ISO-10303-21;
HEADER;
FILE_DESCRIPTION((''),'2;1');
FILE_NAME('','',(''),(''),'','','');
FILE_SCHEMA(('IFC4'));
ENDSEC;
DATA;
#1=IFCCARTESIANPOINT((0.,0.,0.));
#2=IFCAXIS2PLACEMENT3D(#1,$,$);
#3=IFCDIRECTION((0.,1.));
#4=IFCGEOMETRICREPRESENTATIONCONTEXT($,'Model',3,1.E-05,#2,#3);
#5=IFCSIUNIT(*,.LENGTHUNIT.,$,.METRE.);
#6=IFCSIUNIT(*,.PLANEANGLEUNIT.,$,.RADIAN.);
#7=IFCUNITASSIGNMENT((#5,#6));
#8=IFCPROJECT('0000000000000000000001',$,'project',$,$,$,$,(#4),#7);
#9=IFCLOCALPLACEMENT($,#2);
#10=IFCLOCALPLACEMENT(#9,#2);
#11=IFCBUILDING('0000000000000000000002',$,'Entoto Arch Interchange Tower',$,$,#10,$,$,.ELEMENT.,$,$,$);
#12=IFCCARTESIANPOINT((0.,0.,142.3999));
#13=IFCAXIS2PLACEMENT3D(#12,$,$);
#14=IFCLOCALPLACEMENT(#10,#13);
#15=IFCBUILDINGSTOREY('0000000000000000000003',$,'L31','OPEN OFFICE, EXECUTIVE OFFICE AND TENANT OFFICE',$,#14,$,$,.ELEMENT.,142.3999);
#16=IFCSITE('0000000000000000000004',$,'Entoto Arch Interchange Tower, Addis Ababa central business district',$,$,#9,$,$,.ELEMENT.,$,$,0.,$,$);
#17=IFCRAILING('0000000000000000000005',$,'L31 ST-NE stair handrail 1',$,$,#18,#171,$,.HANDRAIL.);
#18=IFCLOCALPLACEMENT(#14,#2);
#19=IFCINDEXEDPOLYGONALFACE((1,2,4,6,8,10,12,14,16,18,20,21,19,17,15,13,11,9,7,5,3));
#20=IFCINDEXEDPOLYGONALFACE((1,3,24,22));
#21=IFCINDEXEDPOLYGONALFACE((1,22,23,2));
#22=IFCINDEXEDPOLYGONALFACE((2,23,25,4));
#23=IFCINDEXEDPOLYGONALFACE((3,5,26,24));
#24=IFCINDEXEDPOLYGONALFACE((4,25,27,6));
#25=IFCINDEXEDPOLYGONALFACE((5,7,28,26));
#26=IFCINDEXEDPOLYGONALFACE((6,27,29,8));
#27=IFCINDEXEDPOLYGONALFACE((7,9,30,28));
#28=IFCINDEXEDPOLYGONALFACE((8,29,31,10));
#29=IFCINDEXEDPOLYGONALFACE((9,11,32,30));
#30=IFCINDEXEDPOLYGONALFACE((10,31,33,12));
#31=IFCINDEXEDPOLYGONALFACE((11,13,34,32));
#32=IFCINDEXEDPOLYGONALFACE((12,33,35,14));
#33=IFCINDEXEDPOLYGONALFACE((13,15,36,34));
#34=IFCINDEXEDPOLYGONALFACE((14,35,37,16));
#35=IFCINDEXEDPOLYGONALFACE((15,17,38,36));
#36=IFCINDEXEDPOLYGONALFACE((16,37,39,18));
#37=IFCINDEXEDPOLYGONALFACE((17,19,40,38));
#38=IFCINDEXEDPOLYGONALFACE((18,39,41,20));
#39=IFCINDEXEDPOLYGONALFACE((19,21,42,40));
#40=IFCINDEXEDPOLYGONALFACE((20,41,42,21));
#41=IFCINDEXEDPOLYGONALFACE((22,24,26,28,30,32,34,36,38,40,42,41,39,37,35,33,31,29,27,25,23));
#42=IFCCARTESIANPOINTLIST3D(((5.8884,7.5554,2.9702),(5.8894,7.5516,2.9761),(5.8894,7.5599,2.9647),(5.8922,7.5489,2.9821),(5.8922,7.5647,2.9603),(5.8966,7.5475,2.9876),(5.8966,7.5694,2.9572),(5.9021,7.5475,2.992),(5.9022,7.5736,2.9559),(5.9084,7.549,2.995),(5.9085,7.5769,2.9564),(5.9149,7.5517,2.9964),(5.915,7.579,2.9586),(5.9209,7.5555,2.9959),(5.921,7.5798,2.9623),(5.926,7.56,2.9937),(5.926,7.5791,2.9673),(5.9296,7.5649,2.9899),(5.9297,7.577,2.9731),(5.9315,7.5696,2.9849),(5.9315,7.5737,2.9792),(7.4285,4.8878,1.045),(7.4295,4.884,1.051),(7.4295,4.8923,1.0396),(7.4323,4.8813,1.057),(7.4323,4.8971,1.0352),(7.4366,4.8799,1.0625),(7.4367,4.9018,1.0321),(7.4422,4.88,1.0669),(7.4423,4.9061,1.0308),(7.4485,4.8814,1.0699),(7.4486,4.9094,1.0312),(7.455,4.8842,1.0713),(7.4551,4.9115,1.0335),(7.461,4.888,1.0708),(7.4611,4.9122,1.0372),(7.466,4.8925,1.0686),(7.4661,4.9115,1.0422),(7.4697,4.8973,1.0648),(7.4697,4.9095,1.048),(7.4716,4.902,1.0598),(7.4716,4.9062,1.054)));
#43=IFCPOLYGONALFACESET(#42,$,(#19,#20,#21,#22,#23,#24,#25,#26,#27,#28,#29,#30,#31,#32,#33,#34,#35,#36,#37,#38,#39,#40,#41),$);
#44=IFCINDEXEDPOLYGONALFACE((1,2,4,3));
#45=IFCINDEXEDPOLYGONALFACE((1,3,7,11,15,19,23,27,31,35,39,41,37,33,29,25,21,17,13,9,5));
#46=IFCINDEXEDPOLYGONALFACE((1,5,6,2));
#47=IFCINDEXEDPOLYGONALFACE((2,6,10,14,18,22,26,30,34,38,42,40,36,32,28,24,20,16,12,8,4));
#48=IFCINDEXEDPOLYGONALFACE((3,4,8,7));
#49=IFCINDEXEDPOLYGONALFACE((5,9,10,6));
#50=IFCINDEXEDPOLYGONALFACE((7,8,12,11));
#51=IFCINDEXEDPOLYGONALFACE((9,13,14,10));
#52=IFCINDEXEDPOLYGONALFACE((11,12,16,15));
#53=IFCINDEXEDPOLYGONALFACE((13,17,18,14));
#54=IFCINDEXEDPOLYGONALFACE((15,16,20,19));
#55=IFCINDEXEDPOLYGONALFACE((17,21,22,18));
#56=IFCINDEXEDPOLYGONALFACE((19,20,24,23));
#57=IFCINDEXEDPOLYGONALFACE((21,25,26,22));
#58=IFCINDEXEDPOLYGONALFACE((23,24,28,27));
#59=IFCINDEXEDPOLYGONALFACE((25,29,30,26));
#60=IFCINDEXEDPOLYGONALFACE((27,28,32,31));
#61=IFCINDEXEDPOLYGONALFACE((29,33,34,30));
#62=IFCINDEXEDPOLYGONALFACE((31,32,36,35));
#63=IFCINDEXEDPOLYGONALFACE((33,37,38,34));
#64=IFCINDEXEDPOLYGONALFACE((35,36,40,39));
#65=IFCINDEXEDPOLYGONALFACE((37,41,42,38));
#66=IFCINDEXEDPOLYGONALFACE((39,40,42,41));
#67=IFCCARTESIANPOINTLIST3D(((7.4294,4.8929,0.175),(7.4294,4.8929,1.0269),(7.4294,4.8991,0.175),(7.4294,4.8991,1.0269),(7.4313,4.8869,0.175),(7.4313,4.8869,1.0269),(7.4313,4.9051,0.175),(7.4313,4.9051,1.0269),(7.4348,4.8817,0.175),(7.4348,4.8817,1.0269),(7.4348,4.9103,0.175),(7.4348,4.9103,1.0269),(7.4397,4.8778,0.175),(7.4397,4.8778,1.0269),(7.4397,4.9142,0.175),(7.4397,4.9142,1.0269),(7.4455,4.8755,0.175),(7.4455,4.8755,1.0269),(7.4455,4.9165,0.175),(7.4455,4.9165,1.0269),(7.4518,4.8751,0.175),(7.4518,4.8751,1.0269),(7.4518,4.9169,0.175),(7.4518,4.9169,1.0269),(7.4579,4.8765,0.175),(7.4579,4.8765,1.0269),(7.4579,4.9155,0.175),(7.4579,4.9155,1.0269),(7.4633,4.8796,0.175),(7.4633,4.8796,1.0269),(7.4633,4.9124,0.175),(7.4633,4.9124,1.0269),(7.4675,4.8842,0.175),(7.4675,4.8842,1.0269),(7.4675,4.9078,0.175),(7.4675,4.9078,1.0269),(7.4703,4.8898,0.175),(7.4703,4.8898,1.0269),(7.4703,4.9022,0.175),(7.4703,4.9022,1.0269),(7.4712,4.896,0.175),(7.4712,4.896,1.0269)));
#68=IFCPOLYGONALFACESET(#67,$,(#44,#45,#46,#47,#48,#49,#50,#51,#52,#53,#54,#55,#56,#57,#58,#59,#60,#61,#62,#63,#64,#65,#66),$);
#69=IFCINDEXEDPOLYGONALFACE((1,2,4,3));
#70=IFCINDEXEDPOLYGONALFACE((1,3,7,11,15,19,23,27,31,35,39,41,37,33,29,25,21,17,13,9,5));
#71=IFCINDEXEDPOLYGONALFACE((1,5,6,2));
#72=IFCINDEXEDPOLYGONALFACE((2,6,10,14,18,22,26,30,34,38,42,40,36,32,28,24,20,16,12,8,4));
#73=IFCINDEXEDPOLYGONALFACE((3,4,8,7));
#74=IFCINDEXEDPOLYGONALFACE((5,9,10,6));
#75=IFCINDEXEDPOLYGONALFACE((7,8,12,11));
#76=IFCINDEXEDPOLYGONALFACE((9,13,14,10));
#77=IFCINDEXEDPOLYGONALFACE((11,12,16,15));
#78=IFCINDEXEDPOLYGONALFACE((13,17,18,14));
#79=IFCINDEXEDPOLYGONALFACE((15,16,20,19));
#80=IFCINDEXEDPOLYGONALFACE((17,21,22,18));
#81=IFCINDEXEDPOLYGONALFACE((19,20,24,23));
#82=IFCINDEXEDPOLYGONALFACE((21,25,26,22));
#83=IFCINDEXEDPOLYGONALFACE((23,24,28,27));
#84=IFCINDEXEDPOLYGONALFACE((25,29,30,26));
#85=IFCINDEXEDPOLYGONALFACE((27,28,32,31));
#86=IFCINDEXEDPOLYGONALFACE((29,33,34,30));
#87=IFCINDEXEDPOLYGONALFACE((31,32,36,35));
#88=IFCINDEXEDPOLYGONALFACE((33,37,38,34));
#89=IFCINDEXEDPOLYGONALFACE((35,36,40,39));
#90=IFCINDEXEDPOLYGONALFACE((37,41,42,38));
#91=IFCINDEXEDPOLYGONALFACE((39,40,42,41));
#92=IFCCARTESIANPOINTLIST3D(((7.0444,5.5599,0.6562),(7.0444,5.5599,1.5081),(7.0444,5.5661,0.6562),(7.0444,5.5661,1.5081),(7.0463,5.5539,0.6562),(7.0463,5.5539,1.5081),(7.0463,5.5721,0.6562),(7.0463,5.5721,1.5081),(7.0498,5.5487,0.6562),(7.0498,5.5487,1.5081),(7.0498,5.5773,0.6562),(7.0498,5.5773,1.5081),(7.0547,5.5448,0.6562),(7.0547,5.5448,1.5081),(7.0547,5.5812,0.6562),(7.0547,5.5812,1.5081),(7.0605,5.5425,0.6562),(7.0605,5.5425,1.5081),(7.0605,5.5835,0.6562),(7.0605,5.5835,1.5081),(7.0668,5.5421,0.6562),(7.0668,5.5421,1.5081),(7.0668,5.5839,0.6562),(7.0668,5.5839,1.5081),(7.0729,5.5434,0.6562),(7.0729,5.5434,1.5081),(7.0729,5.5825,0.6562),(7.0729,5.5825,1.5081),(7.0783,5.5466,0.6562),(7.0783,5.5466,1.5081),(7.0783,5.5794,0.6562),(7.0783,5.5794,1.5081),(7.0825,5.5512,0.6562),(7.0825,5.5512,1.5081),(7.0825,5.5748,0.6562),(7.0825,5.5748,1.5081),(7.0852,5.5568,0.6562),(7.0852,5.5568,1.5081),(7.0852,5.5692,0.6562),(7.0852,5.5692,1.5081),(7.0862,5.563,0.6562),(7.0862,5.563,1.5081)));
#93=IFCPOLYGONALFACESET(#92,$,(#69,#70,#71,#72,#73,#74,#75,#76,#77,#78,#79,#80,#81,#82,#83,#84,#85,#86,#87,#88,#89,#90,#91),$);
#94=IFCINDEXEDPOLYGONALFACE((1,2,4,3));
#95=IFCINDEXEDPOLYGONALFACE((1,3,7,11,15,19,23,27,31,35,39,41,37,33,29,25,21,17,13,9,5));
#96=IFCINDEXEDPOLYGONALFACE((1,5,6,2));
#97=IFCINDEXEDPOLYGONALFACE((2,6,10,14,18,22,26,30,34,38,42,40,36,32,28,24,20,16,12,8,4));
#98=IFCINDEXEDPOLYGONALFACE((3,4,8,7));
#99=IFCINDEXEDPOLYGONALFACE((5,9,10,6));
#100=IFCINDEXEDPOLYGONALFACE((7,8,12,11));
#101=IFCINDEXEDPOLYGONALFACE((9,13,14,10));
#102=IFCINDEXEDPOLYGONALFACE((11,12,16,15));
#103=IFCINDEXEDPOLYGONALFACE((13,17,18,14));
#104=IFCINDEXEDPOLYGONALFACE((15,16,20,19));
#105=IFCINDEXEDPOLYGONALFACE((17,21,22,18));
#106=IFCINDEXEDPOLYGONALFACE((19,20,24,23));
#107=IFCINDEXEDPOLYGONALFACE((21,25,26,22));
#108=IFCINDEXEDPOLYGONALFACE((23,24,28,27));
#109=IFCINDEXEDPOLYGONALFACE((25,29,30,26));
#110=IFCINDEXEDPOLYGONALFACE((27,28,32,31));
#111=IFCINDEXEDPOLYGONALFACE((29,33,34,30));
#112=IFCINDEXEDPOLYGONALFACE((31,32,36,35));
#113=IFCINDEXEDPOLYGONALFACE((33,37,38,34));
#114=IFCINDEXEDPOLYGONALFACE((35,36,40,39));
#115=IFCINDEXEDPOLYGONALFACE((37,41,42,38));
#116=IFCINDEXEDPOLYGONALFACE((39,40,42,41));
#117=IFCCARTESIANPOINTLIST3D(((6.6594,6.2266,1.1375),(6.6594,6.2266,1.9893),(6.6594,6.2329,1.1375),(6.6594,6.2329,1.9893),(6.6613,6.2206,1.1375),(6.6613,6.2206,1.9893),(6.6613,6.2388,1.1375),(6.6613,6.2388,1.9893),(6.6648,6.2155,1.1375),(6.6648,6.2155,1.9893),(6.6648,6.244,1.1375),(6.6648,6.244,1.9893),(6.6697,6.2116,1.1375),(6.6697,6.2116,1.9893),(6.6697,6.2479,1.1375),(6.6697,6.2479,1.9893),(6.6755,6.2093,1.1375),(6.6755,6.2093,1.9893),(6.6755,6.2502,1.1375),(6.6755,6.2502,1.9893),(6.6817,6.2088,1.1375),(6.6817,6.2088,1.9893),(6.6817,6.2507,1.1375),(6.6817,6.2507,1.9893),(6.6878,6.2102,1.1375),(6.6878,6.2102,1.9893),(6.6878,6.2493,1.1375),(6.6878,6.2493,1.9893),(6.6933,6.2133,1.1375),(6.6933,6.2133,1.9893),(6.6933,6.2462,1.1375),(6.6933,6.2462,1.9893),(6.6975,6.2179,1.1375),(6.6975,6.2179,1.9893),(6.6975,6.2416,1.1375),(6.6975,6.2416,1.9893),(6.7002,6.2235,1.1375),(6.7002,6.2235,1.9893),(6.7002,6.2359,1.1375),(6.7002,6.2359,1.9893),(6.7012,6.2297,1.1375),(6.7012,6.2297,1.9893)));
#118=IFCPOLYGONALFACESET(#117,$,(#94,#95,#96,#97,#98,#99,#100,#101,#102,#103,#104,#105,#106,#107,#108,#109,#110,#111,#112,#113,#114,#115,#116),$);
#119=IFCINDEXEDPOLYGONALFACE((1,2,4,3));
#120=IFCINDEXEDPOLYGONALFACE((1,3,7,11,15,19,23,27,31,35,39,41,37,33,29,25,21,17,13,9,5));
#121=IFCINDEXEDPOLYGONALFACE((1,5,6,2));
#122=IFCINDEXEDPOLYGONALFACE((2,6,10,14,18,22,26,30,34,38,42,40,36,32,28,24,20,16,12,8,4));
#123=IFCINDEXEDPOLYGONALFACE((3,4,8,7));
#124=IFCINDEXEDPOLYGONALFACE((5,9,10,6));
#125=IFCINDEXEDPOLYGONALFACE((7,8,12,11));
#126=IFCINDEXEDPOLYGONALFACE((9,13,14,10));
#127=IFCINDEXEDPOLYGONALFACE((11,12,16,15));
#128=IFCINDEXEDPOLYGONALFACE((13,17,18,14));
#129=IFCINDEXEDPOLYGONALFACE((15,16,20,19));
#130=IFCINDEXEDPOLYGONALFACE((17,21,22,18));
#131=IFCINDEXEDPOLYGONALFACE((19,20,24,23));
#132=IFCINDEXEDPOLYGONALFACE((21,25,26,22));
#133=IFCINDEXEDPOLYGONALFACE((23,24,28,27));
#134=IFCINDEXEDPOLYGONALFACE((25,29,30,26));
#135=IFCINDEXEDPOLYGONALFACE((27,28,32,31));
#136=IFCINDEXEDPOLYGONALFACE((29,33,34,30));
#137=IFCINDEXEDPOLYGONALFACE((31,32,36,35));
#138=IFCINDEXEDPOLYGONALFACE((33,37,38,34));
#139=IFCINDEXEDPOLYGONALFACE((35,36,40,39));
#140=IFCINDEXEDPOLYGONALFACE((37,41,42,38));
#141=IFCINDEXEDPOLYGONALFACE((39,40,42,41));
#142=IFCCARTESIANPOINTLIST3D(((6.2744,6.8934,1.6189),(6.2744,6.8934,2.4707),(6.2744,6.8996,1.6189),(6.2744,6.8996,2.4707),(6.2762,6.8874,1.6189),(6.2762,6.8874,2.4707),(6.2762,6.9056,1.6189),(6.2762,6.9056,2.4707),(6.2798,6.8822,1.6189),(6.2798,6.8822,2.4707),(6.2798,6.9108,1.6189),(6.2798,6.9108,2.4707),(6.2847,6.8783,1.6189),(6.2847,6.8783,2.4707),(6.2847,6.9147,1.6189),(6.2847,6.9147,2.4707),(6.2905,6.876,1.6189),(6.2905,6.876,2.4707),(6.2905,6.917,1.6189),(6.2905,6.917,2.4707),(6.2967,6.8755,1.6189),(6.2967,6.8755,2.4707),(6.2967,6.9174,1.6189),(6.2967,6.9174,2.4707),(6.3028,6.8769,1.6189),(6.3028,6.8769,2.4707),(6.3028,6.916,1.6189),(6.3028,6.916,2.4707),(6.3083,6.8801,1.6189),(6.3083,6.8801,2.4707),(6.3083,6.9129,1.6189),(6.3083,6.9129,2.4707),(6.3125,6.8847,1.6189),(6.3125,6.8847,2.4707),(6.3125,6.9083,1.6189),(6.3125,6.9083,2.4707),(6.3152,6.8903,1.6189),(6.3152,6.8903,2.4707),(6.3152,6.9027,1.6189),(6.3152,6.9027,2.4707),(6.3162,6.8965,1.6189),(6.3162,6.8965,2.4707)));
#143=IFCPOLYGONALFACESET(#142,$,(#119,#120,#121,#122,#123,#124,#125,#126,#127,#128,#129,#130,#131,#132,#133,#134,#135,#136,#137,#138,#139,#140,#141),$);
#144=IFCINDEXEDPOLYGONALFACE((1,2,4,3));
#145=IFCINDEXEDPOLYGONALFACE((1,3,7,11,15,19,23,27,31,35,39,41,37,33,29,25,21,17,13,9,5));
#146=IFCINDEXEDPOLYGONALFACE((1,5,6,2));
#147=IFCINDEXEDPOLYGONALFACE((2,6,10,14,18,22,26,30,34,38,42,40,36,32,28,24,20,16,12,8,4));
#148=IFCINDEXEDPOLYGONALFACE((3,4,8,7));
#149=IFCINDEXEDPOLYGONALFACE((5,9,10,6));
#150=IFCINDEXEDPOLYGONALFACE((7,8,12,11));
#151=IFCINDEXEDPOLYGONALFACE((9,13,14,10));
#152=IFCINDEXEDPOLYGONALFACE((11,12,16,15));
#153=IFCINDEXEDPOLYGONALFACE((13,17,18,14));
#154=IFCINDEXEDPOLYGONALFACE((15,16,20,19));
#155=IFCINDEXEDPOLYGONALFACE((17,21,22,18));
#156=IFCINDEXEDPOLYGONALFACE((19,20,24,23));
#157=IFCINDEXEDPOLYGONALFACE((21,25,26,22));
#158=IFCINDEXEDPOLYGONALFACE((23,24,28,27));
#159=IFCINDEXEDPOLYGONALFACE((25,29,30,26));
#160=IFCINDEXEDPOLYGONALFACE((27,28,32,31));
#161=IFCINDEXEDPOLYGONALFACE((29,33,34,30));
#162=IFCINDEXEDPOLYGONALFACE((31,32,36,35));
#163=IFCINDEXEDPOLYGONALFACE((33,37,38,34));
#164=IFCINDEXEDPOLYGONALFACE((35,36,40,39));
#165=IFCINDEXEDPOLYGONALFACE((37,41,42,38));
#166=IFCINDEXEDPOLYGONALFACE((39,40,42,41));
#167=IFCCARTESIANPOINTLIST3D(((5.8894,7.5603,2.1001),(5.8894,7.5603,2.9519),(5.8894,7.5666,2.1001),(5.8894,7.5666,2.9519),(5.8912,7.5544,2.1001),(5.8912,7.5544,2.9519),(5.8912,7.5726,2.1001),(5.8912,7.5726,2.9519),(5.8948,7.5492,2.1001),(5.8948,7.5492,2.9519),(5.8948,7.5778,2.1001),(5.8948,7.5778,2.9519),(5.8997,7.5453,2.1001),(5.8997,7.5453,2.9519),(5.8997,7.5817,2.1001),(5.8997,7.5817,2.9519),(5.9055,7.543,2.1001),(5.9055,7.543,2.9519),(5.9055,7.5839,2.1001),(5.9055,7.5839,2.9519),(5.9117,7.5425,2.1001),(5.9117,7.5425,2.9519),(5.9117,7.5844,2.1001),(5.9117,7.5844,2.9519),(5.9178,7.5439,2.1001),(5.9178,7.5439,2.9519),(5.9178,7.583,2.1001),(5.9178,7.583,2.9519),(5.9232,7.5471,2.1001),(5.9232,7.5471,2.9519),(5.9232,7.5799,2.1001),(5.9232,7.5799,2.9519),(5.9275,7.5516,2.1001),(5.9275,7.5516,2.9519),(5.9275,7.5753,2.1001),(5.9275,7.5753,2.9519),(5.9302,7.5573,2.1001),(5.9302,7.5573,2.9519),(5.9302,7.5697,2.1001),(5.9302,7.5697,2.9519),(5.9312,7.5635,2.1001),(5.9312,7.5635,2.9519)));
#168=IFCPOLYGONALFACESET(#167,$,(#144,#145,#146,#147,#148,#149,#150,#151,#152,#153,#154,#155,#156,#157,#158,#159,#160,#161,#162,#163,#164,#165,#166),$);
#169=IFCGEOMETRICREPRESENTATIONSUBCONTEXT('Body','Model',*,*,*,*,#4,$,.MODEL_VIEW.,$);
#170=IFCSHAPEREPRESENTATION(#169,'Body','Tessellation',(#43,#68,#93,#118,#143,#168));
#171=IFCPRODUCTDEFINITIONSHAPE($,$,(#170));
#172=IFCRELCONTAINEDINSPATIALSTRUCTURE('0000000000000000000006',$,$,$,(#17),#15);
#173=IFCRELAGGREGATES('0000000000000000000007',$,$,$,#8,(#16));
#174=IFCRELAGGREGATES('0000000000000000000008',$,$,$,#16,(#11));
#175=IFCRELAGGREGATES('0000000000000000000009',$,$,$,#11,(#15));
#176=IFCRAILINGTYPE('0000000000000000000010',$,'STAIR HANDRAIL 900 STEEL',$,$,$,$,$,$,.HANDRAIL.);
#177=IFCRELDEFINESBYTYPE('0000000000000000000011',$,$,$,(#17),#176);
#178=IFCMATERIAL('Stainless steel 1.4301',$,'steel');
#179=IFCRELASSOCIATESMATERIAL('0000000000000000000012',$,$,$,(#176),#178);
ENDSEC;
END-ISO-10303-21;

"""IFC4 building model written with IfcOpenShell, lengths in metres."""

from ifc_helpers import new_model, si_unit, direction, frame, origin, origin_2d, place, context, subcontext, project, spatial, circle, extrude, material, type_object, element, save


model = new_model("IFC4")

# Units and contexts
model_context = context("Model", 3, precision=1e-05, world=origin(), true_north=direction((0.0, 1.0)))
body_context = subcontext(model_context, "Body", "Model", "MODEL_VIEW")
ifc_project = project(units=[si_unit("LENGTHUNIT", "METRE"), si_unit("PLANEANGLEUNIT", "RADIAN")], contexts=[model_context])

# Site, building, storey
site_placement = place(None, origin())
site = spatial("IfcSite", under=ifc_project, at=site_placement, Name="Entoto Arch Interchange Tower, Addis Ababa central business district", CompositionType="ELEMENT", RefElevation=0.0)
building_placement = place(site_placement, origin())
building = spatial("IfcBuilding", under=site, at=building_placement, Name="Entoto Arch Interchange Tower", CompositionType="ELEMENT")
storey_placement = place(building_placement, frame((0.0, 0.0, 142.3999)))
storey = spatial("IfcBuildingStorey", under=building, at=storey_placement, Name="L31", Description="OPEN OFFICE, EXECUTIVE OFFICE AND TENANT OFFICE", CompositionType="ELEMENT", Elevation=142.3999)

# Railing
ifc_material_1 = material(Name="Stainless steel 1.4301", Category="steel")
railing_type_1 = type_object("IfcRailingType", Name="STAIR HANDRAIL 900 STEEL", PredefinedType="HANDRAIL", material=ifc_material_1)
railing_1_placement = place(storey_placement, frame((7.4502, 4.896, 0.175)))
element("IfcRailing", 1, at=railing_1_placement, inside=storey, type_object=railing_type_1, Name="L31 ST-NE stair handrail 1", PredefinedType="HANDRAIL", context=body_context, shape_type="SweptSolid", body=[
    extrude(circle(Radius=0.0239, at=origin_2d()), frame((0.0, 0.0, 0.876), z_axis=(-0.423994, 0.734395, 0.529993), x_axis=(-0.86603, -0.499992, 0.0)), (0.0, 0.0, 1.0), 3.6323),
    extrude(circle(Radius=0.021, at=origin_2d()), origin(), (0.0, 0.0, 1.0), 0.8518),
    extrude(circle(Radius=0.021, at=origin_2d()), frame((-0.385, 0.667, 0.4812)), (0.0, 0.0, 1.0), 0.8518),
    extrude(circle(Radius=0.021, at=origin_2d()), frame((-0.77, 1.3337, 0.9624)), (0.0, 0.0, 1.0), 0.8518),
    extrude(circle(Radius=0.021, at=origin_2d()), frame((-1.155, 2.0005, 1.4438)), (0.0, 0.0, 1.0), 0.8518),
    extrude(circle(Radius=0.021, at=origin_2d()), frame((-1.54, 2.6675, 1.925)), (0.0, 0.0, 1.0), 0.8518),
])

save(model, "model.ifc")
